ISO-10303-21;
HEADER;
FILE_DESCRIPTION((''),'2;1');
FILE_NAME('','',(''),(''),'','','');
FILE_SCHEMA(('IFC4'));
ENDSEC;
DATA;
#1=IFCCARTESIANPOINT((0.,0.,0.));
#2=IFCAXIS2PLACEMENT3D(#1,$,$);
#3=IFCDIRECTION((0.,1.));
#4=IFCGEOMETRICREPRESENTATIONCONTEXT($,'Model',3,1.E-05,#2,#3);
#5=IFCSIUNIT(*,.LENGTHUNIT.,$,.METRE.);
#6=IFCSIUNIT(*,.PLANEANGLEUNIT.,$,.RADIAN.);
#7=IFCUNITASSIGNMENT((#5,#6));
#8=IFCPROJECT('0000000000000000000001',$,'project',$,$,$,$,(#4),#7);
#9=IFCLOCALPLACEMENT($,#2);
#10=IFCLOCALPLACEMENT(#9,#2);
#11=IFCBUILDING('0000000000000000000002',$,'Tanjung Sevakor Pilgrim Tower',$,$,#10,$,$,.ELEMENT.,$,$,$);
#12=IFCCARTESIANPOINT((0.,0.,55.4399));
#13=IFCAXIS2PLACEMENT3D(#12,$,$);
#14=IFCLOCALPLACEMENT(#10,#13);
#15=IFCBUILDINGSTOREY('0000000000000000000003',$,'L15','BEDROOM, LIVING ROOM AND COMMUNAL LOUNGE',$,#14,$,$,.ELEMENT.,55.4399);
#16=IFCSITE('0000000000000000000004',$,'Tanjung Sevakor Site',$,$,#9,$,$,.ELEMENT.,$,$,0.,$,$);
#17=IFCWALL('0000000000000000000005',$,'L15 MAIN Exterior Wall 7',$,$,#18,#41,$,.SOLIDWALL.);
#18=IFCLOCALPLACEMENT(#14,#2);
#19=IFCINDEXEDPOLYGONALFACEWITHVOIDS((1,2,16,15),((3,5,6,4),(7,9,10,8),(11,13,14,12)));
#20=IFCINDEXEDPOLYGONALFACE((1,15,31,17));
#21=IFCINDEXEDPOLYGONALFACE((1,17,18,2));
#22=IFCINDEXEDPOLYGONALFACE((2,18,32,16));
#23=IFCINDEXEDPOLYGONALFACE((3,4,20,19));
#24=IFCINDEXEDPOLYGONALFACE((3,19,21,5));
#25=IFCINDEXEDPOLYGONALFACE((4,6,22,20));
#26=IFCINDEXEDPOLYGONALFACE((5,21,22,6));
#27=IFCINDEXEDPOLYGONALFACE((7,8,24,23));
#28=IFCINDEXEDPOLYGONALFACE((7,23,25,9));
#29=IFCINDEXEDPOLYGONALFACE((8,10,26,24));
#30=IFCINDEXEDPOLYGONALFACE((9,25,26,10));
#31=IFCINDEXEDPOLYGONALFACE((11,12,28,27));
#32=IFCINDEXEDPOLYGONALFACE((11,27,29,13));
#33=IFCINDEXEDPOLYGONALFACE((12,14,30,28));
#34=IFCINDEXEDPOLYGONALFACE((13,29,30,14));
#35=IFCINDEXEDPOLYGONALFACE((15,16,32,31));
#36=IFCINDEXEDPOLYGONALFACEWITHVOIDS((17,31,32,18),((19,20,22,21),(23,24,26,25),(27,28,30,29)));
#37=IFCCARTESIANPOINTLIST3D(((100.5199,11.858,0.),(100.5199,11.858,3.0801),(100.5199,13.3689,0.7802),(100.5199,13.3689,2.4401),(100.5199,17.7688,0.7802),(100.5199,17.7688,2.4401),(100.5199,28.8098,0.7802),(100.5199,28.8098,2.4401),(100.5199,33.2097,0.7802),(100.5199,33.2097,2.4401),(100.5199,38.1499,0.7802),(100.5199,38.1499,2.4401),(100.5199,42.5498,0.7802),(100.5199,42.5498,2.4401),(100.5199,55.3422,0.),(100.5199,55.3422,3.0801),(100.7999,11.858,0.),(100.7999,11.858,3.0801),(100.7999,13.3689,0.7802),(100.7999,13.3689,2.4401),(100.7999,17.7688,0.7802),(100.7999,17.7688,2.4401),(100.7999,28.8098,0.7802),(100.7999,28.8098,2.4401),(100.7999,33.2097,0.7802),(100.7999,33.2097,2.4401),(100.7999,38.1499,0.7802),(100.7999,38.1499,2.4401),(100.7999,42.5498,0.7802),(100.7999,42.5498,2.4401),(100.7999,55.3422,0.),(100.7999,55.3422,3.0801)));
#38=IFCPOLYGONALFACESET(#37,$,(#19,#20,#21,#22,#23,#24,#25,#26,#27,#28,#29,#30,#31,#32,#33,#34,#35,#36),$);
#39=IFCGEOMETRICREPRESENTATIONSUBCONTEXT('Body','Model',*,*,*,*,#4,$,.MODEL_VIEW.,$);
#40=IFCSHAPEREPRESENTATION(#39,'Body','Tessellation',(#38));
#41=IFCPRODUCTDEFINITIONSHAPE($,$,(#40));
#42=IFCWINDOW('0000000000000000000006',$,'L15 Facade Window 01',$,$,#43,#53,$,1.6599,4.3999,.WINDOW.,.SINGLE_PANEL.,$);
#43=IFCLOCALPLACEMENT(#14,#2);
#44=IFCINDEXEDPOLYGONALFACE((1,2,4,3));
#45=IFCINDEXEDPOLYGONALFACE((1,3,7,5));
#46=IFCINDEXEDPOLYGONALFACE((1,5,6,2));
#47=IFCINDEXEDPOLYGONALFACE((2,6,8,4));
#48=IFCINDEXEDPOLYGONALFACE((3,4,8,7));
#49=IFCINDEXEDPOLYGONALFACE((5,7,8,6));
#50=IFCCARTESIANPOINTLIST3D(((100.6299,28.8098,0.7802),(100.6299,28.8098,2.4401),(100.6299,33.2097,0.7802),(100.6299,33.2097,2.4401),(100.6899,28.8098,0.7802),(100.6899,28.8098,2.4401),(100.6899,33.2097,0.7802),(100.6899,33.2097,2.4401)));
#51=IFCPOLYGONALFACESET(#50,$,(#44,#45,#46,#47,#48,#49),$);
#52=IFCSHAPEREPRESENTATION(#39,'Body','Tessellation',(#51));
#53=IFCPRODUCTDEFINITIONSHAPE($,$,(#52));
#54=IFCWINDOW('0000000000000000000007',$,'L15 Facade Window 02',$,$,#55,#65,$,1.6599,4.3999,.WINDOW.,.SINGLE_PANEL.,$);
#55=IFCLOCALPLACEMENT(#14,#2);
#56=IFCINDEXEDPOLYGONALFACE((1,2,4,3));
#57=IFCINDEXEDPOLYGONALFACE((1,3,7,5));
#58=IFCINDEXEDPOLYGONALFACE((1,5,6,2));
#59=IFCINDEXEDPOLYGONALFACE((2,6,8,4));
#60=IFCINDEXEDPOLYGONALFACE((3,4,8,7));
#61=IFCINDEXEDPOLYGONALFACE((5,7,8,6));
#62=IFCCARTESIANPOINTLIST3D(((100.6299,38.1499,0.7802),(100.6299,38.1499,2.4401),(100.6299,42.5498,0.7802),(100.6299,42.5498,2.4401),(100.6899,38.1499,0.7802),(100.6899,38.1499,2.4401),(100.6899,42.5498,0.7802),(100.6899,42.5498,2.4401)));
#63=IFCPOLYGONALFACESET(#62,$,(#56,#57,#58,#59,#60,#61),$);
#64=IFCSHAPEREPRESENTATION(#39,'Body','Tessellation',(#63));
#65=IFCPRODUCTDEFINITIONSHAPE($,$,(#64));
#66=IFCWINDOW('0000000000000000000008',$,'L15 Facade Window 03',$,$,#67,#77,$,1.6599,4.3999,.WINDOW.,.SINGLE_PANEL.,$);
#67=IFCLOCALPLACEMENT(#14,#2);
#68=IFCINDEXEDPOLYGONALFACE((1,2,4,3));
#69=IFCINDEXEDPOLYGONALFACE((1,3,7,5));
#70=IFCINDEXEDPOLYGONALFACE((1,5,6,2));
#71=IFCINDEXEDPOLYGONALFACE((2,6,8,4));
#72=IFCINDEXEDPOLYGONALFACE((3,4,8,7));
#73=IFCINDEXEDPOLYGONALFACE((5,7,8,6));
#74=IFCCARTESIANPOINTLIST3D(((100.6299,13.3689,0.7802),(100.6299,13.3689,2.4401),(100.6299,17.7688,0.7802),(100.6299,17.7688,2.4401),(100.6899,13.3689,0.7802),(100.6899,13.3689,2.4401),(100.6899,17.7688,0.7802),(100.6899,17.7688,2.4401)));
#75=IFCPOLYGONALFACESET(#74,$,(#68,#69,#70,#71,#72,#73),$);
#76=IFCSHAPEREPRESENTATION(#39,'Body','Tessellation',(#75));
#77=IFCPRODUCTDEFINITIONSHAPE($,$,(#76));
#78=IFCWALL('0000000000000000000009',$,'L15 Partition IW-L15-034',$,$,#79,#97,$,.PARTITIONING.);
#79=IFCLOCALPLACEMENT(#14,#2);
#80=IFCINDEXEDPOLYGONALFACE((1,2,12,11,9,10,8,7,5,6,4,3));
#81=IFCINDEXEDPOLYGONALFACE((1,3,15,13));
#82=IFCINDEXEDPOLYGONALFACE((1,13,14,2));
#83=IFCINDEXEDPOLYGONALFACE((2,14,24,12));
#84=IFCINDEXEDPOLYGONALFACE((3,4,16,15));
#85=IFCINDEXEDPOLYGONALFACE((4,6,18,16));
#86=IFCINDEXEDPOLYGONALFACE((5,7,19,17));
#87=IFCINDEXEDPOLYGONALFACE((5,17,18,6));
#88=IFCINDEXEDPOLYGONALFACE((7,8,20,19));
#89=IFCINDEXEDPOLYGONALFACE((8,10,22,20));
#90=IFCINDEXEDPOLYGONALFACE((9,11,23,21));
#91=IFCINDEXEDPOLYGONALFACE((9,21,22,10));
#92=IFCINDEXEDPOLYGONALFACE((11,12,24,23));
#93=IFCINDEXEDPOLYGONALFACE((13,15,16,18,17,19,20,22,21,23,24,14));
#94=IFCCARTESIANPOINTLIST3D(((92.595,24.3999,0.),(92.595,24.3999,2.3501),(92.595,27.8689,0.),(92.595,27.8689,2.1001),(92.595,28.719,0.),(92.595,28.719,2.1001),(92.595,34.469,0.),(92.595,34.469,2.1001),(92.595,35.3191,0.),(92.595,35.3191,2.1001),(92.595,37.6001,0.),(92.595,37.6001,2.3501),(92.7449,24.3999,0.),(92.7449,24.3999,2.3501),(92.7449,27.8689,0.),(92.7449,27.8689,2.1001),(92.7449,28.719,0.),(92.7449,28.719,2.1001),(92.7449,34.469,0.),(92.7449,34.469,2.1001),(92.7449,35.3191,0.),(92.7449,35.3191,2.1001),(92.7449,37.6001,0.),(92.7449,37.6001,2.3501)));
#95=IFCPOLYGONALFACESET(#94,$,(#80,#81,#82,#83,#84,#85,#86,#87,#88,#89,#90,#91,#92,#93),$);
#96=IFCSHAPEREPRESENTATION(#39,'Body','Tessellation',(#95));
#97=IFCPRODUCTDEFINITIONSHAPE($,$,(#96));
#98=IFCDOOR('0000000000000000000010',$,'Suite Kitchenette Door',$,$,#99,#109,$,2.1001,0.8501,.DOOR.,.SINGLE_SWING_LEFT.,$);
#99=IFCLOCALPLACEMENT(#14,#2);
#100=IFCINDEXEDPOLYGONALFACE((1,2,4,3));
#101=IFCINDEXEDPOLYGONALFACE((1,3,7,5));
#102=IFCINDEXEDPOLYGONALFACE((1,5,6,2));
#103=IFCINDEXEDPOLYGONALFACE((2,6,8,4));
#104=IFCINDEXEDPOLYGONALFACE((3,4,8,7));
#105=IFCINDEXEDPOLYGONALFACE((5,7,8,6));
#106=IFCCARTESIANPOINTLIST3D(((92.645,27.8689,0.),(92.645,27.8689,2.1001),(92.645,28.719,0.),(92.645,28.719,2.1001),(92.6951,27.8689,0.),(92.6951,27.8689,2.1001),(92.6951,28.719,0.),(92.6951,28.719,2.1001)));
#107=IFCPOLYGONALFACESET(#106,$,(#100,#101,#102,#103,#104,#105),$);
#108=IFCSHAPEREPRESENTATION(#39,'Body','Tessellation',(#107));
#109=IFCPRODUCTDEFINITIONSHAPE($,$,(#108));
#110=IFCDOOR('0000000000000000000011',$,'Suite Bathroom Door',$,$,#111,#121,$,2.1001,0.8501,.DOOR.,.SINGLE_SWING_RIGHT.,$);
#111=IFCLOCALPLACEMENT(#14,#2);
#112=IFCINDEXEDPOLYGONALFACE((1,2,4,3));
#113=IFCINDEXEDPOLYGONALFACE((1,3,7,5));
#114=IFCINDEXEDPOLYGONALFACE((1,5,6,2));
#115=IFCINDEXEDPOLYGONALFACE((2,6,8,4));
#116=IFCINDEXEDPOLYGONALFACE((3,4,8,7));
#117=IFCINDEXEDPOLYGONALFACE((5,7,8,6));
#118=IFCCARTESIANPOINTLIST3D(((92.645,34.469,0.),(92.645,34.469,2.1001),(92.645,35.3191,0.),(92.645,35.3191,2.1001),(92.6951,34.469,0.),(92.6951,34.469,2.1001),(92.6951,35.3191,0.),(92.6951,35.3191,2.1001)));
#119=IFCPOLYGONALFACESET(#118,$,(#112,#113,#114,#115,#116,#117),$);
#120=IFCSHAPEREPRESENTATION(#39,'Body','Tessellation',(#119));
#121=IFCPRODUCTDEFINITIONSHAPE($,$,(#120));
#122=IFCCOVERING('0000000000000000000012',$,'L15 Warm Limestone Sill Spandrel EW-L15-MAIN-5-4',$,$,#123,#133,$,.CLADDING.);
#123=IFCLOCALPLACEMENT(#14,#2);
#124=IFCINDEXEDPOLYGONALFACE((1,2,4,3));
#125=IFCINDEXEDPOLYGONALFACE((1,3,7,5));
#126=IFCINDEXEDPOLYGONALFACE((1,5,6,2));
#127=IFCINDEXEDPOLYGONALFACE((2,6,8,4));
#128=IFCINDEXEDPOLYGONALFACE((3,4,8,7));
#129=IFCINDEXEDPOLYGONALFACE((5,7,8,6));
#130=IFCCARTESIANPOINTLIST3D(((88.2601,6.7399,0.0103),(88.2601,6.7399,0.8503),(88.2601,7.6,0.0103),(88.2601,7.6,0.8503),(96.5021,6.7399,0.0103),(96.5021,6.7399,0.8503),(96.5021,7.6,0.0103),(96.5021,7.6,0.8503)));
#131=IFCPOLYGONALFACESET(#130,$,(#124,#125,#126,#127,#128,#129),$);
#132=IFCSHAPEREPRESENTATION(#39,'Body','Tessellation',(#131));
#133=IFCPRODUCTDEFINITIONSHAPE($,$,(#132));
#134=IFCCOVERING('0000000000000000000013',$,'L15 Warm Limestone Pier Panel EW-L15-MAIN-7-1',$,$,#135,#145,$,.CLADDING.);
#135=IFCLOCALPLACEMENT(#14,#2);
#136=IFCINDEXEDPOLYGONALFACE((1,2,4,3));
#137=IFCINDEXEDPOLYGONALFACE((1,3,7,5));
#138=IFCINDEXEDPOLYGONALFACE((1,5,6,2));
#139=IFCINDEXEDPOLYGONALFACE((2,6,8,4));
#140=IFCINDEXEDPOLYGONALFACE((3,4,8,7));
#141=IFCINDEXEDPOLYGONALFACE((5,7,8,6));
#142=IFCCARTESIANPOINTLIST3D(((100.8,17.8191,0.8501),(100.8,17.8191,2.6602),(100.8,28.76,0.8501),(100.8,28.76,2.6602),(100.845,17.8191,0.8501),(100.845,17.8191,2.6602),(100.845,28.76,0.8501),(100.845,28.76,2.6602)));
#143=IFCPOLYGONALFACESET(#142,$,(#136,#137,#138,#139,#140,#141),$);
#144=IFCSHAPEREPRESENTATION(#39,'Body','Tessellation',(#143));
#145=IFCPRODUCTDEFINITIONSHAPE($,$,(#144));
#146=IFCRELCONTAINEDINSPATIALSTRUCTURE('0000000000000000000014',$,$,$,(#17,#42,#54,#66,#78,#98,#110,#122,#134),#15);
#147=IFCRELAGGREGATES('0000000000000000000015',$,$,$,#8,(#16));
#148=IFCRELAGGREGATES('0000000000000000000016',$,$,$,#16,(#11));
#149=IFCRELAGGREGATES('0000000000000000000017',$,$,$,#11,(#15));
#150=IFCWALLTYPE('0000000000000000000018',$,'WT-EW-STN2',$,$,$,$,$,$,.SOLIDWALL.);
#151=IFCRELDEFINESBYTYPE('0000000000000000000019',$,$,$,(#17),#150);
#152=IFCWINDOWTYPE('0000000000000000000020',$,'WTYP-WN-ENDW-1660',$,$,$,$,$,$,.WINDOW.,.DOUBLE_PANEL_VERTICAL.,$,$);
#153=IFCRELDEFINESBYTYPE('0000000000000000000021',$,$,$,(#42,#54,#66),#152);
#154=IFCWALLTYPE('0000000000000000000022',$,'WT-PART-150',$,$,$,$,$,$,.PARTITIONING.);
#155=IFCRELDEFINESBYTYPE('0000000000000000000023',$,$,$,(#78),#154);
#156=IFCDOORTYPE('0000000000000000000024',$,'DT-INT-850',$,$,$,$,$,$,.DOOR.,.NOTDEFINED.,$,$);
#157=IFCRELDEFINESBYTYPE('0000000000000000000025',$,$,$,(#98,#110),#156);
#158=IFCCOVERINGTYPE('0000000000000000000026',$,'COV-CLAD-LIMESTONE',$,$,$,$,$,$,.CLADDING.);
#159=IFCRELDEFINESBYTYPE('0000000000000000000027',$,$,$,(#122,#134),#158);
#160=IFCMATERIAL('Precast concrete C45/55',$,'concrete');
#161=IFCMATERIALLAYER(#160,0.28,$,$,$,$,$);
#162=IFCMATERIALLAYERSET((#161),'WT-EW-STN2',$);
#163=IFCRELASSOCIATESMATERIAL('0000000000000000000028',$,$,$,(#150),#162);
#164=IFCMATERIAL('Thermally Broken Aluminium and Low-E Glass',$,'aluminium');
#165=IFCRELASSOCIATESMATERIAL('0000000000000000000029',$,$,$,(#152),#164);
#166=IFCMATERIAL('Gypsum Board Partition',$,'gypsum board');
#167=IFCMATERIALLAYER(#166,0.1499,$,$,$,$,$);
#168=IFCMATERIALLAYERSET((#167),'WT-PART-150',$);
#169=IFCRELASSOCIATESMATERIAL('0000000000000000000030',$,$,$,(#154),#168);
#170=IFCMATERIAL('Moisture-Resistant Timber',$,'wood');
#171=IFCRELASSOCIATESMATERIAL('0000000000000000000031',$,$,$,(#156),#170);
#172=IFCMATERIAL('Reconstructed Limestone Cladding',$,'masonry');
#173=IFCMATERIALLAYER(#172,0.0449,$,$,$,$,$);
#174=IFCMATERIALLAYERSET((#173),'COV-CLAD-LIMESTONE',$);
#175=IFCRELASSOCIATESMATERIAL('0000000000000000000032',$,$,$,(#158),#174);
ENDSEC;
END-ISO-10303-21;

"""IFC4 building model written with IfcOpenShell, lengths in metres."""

from ifc_helpers import new_model, si_unit, direction, frame, frame_2d, origin, origin_2d, place, context, subcontext, project, spatial, rectangle, extrude, material, layer, layer_set, type_object, element, fill, save


model = new_model("IFC4")

# Units and contexts
model_context = context("Model", 3, precision=1e-05, world=origin(), true_north=direction((0.0, 1.0)))
body_context = subcontext(model_context, "Body", "Model", "MODEL_VIEW")
ifc_project = project(units=[si_unit("LENGTHUNIT", "METRE"), si_unit("PLANEANGLEUNIT", "RADIAN")], contexts=[model_context])

# Site, building, storey
site_placement = place(None, origin())
site = spatial("IfcSite", under=ifc_project, at=site_placement, Name="Tanjung Sevakor Site", CompositionType="ELEMENT", RefElevation=0.0)
building_placement = place(site_placement, origin())
building = spatial("IfcBuilding", under=site, at=building_placement, Name="Tanjung Sevakor Pilgrim Tower", CompositionType="ELEMENT")
storey_placement = place(building_placement, frame((0.0, 0.0, 55.4399)))
storey = spatial("IfcBuildingStorey", under=building, at=storey_placement, Name="L15", Description="BEDROOM, LIVING ROOM AND COMMUNAL LOUNGE", CompositionType="ELEMENT", Elevation=55.4399)

# Wall, openings, windows
ifc_material_1 = material(Name="Precast concrete C45/55", Category="concrete")
ifc_layer_1 = layer(ifc_material_1, 0.28)
ifc_layer_set_1 = layer_set([ifc_layer_1], Name="WT-EW-STN2")
wall_type_1 = type_object("IfcWallType", Name="WT-EW-STN2", PredefinedType="SOLIDWALL", material=ifc_layer_set_1)
wall_1_placement = place(storey_placement, frame((100.6599, 11.8579, 0.0), z_axis=(0.0, 0.0, 1.0), x_axis=(0.0, 1.0, 0.0)))
wall_1 = element("IfcWall", 1, at=wall_1_placement, inside=storey, type_object=wall_type_1, Name="L15 MAIN Exterior Wall 7", PredefinedType="SOLIDWALL", context=body_context, shape_type="SweptSolid", body=[
    extrude(rectangle(XDim=43.4841, YDim=0.28, at=frame_2d((21.7422, 0.0))), origin(), (0.0, 0.0, 1.0), 3.0801),
])
opening_1_placement = place(wall_1_placement, frame((16.9519, 0.0, 0.78)))
opening_1 = element("IfcOpeningElement", 2, at=opening_1_placement, cuts=wall_1, PredefinedType="OPENING", context=body_context, shape_type="SweptSolid", body=[
    extrude(rectangle(XDim=4.3999, YDim=1.6599, at=frame_2d((2.2, 0.8301))), frame((0.0, 0.1499, 0.0), z_axis=(0.0, -1.0, 0.0), x_axis=(1.0, 0.0, 0.0)), (0.0, 0.0, 1.0), 0.3),
])
opening_2_placement = place(wall_1_placement, frame((26.292, 0.0, 0.78)))
opening_2 = element("IfcOpeningElement", 3, at=opening_2_placement, cuts=wall_1, PredefinedType="OPENING", context=body_context, shape_type="SweptSolid", body=[
    extrude(rectangle(XDim=4.3999, YDim=1.6599, at=frame_2d((2.2, 0.8301))), frame((0.0, 0.1499, 0.0), z_axis=(0.0, -1.0, 0.0), x_axis=(1.0, 0.0, 0.0)), (0.0, 0.0, 1.0), 0.3),
])
opening_3_placement = place(wall_1_placement, frame((1.511, 0.0, 0.78)))
opening_3 = element("IfcOpeningElement", 4, at=opening_3_placement, cuts=wall_1, PredefinedType="OPENING", context=body_context, shape_type="SweptSolid", body=[
    extrude(rectangle(XDim=4.3999, YDim=1.6599, at=frame_2d((2.2, 0.8301))), frame((0.0, 0.1499, 0.0), z_axis=(0.0, -1.0, 0.0), x_axis=(1.0, 0.0, 0.0)), (0.0, 0.0, 1.0), 0.3),
])
ifc_material_2 = material(Name="Thermally Broken Aluminium and Low-E Glass", Category="aluminium")
window_type = type_object("IfcWindowType", Name="WTYP-WN-ENDW-1660", PartitioningType="DOUBLE_PANEL_VERTICAL", PredefinedType="WINDOW", material=ifc_material_2)
window_1_placement = place(opening_1_placement, origin())
window_1 = element("IfcWindow", 5, at=window_1_placement, inside=storey, type_object=window_type, Name="L15 Facade Window 01", OverallHeight=1.6599, OverallWidth=4.3999, PartitioningType="SINGLE_PANEL", PredefinedType="WINDOW", context=body_context, shape_type="SweptSolid", body=[
    extrude(rectangle(XDim=4.3999, YDim=1.6599, at=frame_2d((2.2, 0.8301))), frame((0.0, 0.03, 0.0), z_axis=(0.0, -1.0, 0.0), x_axis=(1.0, 0.0, 0.0)), (0.0, 0.0, 1.0), 0.0601),
])
fill(opening_1, window_1)
window_2_placement = place(opening_2_placement, origin())
window_2 = element("IfcWindow", 6, at=window_2_placement, inside=storey, type_object=window_type, Name="L15 Facade Window 02", OverallHeight=1.6599, OverallWidth=4.3999, PartitioningType="SINGLE_PANEL", PredefinedType="WINDOW", context=body_context, shape_type="SweptSolid", body=[
    extrude(rectangle(XDim=4.3999, YDim=1.6599, at=frame_2d((2.2, 0.8301))), frame((0.0, 0.03, 0.0), z_axis=(0.0, -1.0, 0.0), x_axis=(1.0, 0.0, 0.0)), (0.0, 0.0, 1.0), 0.0601),
])
fill(opening_2, window_2)
window_3_placement = place(opening_3_placement, origin())
window_3 = element("IfcWindow", 7, at=window_3_placement, inside=storey, type_object=window_type, Name="L15 Facade Window 03", OverallHeight=1.6599, OverallWidth=4.3999, PartitioningType="SINGLE_PANEL", PredefinedType="WINDOW", context=body_context, shape_type="SweptSolid", body=[
    extrude(rectangle(XDim=4.3999, YDim=1.6599, at=frame_2d((2.2, 0.8301))), frame((0.0, 0.03, 0.0), z_axis=(0.0, -1.0, 0.0), x_axis=(1.0, 0.0, 0.0)), (0.0, 0.0, 1.0), 0.0601),
])
fill(opening_3, window_3)

# Wall, openings, doors
ifc_material_3 = material(Name="Gypsum Board Partition", Category="gypsum board")
ifc_layer_2 = layer(ifc_material_3, 0.1499)
ifc_layer_set_2 = layer_set([ifc_layer_2], Name="WT-PART-150")
wall_type_2 = type_object("IfcWallType", Name="WT-PART-150", PredefinedType="PARTITIONING", material=ifc_layer_set_2)
wall_2_placement = place(storey_placement, frame((92.6699, 24.3999, 0.0), z_axis=(0.0, 0.0, 1.0), x_axis=(0.0, 1.0, 0.0)))
wall_2 = element("IfcWall", 8, at=wall_2_placement, inside=storey, type_object=wall_type_2, Name="L15 Partition IW-L15-034", PredefinedType="PARTITIONING", context=body_context, shape_type="SweptSolid", body=[
    extrude(rectangle(XDim=13.2002, YDim=0.1499, at=frame_2d((6.6001, 0.0))), origin(), (0.0, 0.0, 1.0), 2.3501),
])
opening_4_placement = place(wall_2_placement, frame((3.469, 0.0, 0.0)))
opening_4 = element("IfcOpeningElement", 9, at=opening_4_placement, cuts=wall_2, PredefinedType="OPENING", context=body_context, shape_type="SweptSolid", body=[
    extrude(rectangle(XDim=0.8501, YDim=2.1001, at=frame_2d((0.425, 1.05))), frame((0.0, 0.085, 0.0), z_axis=(0.0, -1.0, 0.0), x_axis=(1.0, 0.0, 0.0)), (0.0, 0.0, 1.0), 0.1699),
])
opening_5_placement = place(wall_2_placement, frame((10.0691, 0.0, 0.0)))
opening_5 = element("IfcOpeningElement", 10, at=opening_5_placement, cuts=wall_2, PredefinedType="OPENING", context=body_context, shape_type="SweptSolid", body=[
    extrude(rectangle(XDim=0.8501, YDim=2.1001, at=frame_2d((0.425, 1.05))), frame((0.0, 0.085, 0.0), z_axis=(0.0, -1.0, 0.0), x_axis=(1.0, 0.0, 0.0)), (0.0, 0.0, 1.0), 0.1699),
])
ifc_material_4 = material(Name="Moisture-Resistant Timber", Category="wood")
door_type_1 = type_object("IfcDoorType", Name="DT-INT-850", OperationType="NOTDEFINED", PredefinedType="DOOR", material=ifc_material_4)
door_1_placement = place(opening_4_placement, origin())
door_1 = element("IfcDoor", 11, at=door_1_placement, inside=storey, type_object=door_type_1, Name="Suite Kitchenette Door", OperationType="SINGLE_SWING_LEFT", OverallHeight=2.1001, OverallWidth=0.8501, PredefinedType="DOOR", context=body_context, shape_type="SweptSolid", body=[
    extrude(rectangle(XDim=0.8501, YDim=2.1001, at=frame_2d((0.425, 1.05))), frame((0.0, 0.0249, 0.0), z_axis=(0.0, -1.0, 0.0), x_axis=(1.0, 0.0, 0.0)), (0.0, 0.0, 1.0), 0.05),
])
fill(opening_4, door_1)
door_2_placement = place(opening_5_placement, origin())
door_2 = element("IfcDoor", 12, at=door_2_placement, inside=storey, type_object=door_type_1, Name="Suite Bathroom Door", OperationType="SINGLE_SWING_RIGHT", OverallHeight=2.1001, OverallWidth=0.8501, PredefinedType="DOOR", context=body_context, shape_type="SweptSolid", body=[
    extrude(rectangle(XDim=0.8501, YDim=2.1001, at=frame_2d((0.425, 1.05))), frame((0.0, 0.0249, 0.0), z_axis=(0.0, -1.0, 0.0), x_axis=(1.0, 0.0, 0.0)), (0.0, 0.0, 1.0), 0.05),
])
fill(opening_5, door_2)

# Coverings
ifc_material_5 = material(Name="Reconstructed Limestone Cladding", Category="masonry")
ifc_layer_3 = layer(ifc_material_5, 0.0449)
ifc_layer_set_3 = layer_set([ifc_layer_3], Name="COV-CLAD-LIMESTONE")
covering_type = type_object("IfcCoveringType", Name="COV-CLAD-LIMESTONE", PredefinedType="CLADDING", material=ifc_layer_set_3)
covering_1_placement = place(storey_placement, frame((92.3811, 7.1699, 0.0103), z_axis=(0.0, 0.0, 1.0), x_axis=(1.0, 0.0, 0.0)))
element("IfcCovering", 13, at=covering_1_placement, inside=storey, type_object=covering_type, Name="L15 Warm Limestone Sill Spandrel EW-L15-MAIN-5-4", PredefinedType="CLADDING", context=body_context, shape_type="SweptSolid", body=[
    extrude(rectangle(XDim=8.2419, YDim=0.8601, at=origin_2d()), origin(), (0.0, 0.0, 1.0), 0.8401),
])
covering_2_placement = place(storey_placement, frame((100.8225, 23.2896, 0.8501), z_axis=(0.0, 0.0, 1.0), x_axis=(0.0, 1.0, 0.0)))
element("IfcCovering", 14, at=covering_2_placement, inside=storey, type_object=covering_type, Name="L15 Warm Limestone Pier Panel EW-L15-MAIN-7-1", PredefinedType="CLADDING", context=body_context, shape_type="SweptSolid", body=[
    extrude(rectangle(XDim=10.9409, YDim=0.0449, at=origin_2d()), origin(), (0.0, 0.0, 1.0), 1.8101),
])

save(model, "model.ifc")
